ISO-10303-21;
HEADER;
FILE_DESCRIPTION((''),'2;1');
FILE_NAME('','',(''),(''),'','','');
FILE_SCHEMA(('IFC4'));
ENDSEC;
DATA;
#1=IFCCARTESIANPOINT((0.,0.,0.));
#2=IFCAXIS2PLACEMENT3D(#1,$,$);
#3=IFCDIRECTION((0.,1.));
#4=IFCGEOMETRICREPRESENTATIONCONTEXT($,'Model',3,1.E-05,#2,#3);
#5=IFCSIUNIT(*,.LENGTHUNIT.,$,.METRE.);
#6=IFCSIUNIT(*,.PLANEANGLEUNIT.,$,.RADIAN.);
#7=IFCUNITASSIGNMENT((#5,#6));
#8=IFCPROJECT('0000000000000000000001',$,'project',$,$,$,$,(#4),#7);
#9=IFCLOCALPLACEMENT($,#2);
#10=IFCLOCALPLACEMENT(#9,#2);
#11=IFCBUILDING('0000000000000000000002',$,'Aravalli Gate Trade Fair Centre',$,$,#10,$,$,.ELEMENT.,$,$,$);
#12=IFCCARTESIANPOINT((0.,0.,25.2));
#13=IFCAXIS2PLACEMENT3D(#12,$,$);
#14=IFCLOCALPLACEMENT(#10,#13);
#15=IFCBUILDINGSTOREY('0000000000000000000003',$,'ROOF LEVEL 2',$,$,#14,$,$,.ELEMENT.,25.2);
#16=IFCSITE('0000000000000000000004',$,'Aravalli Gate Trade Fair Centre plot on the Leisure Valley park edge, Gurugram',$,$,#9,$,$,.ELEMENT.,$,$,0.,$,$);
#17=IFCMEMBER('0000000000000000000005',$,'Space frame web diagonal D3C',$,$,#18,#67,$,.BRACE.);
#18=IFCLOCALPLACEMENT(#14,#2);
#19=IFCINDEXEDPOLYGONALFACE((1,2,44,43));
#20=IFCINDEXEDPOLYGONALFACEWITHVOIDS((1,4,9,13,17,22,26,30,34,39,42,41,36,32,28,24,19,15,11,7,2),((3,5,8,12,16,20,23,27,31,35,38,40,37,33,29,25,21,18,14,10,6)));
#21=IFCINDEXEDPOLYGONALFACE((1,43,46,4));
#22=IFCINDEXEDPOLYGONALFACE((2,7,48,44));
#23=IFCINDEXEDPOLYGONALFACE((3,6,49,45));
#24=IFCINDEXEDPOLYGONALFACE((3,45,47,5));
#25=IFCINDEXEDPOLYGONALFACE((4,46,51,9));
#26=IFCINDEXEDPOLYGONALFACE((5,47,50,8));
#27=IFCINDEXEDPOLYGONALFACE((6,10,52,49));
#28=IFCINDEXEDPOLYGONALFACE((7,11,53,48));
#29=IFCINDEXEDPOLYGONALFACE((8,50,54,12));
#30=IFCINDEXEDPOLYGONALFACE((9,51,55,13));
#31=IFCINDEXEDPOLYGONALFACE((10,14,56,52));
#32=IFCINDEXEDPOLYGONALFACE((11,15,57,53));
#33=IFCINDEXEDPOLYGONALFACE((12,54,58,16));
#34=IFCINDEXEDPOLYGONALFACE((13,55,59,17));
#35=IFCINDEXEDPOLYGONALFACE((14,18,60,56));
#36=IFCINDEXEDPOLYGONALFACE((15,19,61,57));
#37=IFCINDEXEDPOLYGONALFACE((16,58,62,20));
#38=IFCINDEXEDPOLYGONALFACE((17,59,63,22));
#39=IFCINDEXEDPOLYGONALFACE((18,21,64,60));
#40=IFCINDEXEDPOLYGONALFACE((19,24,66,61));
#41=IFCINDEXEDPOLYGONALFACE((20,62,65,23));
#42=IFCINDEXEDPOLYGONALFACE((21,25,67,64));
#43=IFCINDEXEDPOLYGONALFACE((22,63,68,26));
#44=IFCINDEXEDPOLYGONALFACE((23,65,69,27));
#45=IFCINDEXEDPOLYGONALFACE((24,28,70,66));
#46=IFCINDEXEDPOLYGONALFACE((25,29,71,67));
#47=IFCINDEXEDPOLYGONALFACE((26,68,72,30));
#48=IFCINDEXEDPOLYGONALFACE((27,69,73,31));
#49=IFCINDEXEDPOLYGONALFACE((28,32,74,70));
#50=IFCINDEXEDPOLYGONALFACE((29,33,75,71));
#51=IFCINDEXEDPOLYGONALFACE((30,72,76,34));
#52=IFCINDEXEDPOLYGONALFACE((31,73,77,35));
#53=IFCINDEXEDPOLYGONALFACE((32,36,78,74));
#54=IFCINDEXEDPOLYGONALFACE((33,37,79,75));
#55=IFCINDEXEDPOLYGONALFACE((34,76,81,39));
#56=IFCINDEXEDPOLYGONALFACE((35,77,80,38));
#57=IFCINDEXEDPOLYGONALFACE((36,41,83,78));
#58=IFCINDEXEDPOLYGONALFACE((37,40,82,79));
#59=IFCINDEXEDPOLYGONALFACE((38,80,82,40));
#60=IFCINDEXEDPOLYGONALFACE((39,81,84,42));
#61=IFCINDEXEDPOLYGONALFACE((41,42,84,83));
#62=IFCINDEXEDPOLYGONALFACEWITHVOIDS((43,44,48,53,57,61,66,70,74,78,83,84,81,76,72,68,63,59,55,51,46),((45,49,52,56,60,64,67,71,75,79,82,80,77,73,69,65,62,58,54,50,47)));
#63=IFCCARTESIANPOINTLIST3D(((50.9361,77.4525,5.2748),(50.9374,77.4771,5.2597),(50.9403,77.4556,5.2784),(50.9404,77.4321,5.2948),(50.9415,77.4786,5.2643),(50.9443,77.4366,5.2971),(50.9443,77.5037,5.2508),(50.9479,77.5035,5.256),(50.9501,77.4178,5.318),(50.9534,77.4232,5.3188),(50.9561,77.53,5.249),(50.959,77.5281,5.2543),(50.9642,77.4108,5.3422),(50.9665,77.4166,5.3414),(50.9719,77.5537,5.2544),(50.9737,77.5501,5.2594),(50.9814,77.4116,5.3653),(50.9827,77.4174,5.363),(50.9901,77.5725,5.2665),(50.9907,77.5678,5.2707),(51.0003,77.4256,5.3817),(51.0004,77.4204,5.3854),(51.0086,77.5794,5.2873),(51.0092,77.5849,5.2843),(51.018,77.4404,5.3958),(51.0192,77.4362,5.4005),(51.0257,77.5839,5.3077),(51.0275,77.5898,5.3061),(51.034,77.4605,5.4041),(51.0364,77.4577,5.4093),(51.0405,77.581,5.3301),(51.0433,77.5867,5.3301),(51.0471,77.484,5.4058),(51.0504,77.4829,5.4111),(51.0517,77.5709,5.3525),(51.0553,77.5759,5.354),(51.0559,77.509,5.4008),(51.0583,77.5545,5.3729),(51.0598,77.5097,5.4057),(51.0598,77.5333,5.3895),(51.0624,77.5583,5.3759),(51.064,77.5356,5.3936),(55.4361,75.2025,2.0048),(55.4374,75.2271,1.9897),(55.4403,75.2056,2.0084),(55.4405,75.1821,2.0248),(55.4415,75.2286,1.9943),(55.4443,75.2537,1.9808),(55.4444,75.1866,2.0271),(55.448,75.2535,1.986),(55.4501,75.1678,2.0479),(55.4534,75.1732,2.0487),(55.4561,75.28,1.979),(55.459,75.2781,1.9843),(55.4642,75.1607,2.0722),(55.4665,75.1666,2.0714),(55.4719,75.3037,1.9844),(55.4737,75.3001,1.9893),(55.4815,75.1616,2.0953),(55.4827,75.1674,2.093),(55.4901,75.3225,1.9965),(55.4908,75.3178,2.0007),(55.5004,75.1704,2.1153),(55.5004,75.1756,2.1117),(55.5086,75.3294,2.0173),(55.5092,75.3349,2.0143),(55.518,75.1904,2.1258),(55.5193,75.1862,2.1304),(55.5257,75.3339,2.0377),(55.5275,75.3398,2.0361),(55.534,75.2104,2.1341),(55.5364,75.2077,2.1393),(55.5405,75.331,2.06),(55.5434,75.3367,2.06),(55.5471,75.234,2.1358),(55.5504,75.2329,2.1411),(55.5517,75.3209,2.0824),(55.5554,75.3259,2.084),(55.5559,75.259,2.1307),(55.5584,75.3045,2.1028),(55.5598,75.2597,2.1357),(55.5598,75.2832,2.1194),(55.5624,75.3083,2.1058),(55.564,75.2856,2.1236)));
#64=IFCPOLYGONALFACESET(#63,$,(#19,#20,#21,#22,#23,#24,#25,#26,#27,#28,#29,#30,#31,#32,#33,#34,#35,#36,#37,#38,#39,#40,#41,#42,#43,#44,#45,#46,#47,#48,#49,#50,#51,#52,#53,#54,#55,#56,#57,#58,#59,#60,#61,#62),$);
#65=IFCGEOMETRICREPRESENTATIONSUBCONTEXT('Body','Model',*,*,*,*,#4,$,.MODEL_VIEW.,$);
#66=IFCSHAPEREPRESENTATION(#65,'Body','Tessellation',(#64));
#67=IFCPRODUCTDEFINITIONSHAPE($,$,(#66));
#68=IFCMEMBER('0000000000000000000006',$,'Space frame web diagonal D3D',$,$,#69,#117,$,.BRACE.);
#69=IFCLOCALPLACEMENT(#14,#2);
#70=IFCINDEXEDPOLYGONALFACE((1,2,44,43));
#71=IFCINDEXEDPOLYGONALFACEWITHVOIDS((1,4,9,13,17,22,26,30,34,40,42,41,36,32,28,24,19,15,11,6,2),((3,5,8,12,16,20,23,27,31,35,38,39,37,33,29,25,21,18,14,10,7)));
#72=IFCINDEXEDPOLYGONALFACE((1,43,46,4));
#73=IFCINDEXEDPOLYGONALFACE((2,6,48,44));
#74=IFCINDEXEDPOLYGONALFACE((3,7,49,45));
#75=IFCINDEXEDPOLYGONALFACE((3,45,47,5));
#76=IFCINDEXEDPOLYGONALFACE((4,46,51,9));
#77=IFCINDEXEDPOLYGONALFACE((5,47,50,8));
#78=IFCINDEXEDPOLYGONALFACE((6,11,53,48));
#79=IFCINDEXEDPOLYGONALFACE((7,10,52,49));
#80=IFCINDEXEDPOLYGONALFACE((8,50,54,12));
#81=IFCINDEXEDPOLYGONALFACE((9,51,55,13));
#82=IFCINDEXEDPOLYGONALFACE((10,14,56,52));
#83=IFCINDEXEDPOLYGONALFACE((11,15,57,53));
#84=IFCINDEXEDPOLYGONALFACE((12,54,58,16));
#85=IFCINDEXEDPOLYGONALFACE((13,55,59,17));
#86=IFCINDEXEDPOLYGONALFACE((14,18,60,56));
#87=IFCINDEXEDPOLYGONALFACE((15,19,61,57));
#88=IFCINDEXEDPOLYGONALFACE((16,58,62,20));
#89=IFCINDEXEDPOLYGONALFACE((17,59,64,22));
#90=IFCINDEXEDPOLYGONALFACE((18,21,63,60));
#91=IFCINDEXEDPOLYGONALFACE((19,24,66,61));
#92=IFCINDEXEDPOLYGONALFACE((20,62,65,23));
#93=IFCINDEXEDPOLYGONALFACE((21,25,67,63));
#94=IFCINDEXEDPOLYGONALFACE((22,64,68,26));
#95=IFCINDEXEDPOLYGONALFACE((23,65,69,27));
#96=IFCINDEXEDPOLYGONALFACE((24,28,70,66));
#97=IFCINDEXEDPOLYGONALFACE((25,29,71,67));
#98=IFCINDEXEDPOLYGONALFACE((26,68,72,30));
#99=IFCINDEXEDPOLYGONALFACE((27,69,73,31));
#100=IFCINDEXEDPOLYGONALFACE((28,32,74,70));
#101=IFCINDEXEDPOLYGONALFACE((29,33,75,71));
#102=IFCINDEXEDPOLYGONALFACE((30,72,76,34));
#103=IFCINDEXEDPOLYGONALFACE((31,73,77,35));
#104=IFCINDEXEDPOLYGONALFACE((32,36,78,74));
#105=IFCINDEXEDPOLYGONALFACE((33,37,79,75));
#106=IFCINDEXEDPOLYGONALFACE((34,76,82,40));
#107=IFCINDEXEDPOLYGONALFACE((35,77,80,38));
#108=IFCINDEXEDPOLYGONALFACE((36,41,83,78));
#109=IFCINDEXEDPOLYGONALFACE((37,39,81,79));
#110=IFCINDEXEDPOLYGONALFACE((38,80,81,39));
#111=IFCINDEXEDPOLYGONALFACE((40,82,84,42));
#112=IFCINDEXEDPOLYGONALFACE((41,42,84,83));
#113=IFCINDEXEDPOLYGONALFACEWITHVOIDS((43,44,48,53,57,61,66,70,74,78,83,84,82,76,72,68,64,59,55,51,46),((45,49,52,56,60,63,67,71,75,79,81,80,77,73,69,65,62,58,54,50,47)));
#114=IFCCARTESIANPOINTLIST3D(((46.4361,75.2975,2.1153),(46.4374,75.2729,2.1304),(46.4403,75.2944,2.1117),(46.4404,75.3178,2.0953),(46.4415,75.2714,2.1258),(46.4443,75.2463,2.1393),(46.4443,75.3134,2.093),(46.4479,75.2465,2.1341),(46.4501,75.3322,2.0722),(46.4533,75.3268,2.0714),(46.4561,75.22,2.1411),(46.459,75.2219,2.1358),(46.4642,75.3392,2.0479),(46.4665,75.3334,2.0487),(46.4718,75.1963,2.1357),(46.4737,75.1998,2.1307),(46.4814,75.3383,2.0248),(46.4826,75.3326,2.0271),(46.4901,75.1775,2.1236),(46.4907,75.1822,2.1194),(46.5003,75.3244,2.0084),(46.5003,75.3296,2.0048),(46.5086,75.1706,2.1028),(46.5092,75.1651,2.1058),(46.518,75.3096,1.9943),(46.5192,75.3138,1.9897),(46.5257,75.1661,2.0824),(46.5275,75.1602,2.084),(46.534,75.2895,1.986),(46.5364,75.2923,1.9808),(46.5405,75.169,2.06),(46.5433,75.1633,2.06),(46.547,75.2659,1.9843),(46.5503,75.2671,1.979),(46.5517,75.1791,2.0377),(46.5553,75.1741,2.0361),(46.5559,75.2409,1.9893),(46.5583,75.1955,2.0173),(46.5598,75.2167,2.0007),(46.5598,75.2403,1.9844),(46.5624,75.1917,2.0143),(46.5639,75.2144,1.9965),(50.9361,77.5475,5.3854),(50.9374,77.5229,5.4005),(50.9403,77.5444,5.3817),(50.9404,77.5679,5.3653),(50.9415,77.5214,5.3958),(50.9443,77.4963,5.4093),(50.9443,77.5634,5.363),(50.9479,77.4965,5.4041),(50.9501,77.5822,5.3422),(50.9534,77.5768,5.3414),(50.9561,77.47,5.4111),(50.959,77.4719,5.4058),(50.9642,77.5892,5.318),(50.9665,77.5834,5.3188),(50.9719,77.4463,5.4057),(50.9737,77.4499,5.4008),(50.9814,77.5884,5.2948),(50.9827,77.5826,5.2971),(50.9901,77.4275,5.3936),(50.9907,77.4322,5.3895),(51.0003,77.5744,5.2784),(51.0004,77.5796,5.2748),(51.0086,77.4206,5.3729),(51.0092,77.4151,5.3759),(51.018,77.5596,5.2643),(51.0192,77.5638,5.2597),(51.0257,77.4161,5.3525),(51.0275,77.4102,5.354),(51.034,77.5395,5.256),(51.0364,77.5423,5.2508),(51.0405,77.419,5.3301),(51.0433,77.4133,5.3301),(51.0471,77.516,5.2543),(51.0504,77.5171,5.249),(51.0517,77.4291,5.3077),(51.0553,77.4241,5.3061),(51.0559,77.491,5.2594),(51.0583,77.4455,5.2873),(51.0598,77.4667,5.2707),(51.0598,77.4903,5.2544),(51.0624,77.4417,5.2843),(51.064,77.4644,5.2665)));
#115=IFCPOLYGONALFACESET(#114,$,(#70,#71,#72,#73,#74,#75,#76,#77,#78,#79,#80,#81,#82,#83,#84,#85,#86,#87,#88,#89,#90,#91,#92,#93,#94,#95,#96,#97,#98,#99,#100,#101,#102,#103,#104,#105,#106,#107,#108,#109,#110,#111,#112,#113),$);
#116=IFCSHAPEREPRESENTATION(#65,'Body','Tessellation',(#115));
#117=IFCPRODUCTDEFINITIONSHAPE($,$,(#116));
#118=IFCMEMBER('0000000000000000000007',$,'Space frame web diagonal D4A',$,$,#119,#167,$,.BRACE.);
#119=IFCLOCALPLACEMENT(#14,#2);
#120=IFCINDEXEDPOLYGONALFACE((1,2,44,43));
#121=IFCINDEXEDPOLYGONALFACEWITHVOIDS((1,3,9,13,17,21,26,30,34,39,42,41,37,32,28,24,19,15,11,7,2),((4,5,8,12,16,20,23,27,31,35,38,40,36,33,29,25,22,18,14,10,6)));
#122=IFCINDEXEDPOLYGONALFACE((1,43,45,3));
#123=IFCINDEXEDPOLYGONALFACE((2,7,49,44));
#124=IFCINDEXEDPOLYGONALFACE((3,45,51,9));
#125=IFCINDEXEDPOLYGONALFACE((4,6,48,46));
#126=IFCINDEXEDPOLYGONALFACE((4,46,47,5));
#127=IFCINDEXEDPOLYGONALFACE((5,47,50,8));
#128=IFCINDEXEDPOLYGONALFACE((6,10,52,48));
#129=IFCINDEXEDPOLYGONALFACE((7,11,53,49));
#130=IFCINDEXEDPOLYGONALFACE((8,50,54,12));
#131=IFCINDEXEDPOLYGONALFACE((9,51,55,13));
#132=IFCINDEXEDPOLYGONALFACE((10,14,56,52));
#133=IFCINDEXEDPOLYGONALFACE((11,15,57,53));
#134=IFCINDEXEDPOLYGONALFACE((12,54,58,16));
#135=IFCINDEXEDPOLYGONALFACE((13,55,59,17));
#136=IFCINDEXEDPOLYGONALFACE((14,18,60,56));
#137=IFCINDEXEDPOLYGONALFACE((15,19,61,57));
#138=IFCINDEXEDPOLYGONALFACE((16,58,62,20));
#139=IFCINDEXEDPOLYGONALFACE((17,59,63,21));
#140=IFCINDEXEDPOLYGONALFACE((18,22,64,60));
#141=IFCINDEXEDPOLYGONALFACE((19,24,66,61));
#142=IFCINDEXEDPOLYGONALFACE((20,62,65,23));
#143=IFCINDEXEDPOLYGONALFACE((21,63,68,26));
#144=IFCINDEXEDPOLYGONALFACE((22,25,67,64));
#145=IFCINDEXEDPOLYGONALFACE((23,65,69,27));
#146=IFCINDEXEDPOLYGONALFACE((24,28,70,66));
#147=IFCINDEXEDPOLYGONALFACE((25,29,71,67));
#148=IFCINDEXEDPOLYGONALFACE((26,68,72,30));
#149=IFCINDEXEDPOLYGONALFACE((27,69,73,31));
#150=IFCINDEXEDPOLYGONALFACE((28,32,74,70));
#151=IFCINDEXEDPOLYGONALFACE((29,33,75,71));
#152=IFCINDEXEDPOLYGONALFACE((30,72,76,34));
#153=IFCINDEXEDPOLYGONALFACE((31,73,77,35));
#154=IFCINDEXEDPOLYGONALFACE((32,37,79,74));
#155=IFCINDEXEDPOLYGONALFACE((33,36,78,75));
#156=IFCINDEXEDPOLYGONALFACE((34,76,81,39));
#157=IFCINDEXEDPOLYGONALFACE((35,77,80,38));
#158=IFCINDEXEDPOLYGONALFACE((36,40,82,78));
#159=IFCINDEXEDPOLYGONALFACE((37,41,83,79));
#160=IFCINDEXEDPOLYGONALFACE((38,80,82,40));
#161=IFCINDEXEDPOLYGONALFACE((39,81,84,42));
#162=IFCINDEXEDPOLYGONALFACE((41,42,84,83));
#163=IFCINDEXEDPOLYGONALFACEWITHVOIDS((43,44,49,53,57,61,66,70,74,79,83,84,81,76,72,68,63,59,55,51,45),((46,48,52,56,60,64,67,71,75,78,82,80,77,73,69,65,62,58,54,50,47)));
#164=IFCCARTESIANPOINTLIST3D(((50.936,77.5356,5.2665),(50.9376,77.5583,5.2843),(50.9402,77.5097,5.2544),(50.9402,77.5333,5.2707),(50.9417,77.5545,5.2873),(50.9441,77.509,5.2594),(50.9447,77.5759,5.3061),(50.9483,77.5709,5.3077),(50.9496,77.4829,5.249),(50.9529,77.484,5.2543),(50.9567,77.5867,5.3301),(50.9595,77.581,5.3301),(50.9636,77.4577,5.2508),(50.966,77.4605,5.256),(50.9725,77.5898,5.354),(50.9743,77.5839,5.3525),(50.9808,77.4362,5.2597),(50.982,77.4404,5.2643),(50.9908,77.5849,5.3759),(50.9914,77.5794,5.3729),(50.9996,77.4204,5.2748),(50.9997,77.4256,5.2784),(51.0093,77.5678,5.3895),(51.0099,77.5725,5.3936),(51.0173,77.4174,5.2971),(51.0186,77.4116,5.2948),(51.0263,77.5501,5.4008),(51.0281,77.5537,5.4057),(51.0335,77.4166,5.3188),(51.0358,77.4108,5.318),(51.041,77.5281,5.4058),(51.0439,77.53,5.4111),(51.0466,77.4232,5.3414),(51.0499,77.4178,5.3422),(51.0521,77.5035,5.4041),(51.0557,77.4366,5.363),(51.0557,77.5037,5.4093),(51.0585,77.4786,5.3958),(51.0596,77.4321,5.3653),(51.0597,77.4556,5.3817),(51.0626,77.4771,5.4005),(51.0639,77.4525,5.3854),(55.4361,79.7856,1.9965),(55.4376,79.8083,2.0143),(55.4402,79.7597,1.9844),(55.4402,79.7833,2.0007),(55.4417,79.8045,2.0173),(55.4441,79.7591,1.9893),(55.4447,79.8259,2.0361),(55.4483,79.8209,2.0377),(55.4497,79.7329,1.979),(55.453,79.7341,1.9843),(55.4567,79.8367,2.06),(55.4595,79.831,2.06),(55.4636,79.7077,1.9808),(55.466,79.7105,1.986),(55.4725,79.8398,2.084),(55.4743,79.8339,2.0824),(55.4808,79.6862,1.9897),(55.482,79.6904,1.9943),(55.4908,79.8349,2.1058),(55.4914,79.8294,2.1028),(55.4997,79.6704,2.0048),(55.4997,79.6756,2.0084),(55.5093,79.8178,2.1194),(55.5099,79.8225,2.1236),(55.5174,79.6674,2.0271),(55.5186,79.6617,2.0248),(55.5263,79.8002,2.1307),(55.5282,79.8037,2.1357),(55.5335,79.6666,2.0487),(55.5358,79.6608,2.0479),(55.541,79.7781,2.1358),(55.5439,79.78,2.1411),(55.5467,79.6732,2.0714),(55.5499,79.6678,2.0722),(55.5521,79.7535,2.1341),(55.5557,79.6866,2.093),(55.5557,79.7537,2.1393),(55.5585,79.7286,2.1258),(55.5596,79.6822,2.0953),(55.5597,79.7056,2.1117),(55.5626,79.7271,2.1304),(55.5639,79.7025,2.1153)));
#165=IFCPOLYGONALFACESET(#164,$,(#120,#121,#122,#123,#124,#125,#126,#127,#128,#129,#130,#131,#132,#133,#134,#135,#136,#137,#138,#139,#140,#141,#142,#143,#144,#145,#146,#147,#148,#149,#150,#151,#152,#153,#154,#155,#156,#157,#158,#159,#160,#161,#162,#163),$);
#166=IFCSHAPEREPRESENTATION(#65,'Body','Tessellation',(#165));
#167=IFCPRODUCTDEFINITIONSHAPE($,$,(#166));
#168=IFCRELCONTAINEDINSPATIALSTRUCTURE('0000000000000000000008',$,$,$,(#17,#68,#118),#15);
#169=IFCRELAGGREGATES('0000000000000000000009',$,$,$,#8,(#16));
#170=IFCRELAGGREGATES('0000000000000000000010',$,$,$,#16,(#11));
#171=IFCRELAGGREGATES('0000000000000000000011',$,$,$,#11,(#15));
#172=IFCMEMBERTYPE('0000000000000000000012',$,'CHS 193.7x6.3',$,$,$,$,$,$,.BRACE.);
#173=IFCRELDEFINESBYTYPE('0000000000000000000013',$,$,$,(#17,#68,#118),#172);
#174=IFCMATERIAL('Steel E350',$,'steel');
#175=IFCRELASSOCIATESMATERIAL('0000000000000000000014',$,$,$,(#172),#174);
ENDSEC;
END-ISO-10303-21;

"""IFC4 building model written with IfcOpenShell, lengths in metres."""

from ifc_helpers import new_model, si_unit, direction, frame, origin, origin_2d, place, context, subcontext, project, spatial, hollow_circle, extrude, material, material_profile, profile_set, type_object, element, save


model = new_model("IFC4")

# Units and contexts
model_context = context("Model", 3, precision=1e-05, world=origin(), true_north=direction((0.0, 1.0)))
body_context = subcontext(model_context, "Body", "Model", "MODEL_VIEW")
ifc_project = project(units=[si_unit("LENGTHUNIT", "METRE"), si_unit("PLANEANGLEUNIT", "RADIAN")], contexts=[model_context])

# Site, building, storey
site_placement = place(None, origin())
site = spatial("IfcSite", under=ifc_project, at=site_placement, Name="Aravalli Gate Trade Fair Centre plot on the Leisure Valley park edge, Gurugram", CompositionType="ELEMENT", RefElevation=0.0)
building_placement = place(site_placement, origin())
building = spatial("IfcBuilding", under=site, at=building_placement, Name="Aravalli Gate Trade Fair Centre", CompositionType="ELEMENT")
storey_placement = place(building_placement, frame((0.0, 0.0, 25.2)))
storey = spatial("IfcBuildingStorey", under=building, at=storey_placement, Name="ROOF LEVEL 2", CompositionType="ELEMENT", Elevation=25.2)

# Members
ifc_material_1 = material(Name="Steel E350", Category="steel")
ifc_material_profile_1 = material_profile(ifc_material_1, hollow_circle(Radius=0.0969, WallThickness=0.0063, at=origin_2d()), Name="CHS 193.7x6.3")
ifc_profile_set_1 = profile_set([ifc_material_profile_1], Name="Steel E350")
member_type_1 = type_object("IfcMemberType", Name="CHS 193.7x6.3", PredefinedType="BRACE", material=ifc_profile_set_1)
for number, where, z_axis, x_axis, name in (
    (1, (51.0, 77.5, 5.3301), (0.749942, -0.374971, -0.544961), (0.447214, 0.894427, 0.0), "Space frame web diagonal D3C"),
    (2, (51.0, 77.5, 5.3301), (-0.749942, -0.374971, -0.544961), (0.447214, -0.894427, 0.0), "Space frame web diagonal D3D"),
    (3, (51.0, 77.5, 5.3301), (0.749942, 0.374971, -0.544961), (-0.447214, 0.894427, 0.0), "Space frame web diagonal D4A"),
):
    element("IfcMember", number, at=place(storey_placement, frame(where, z_axis=z_axis, x_axis=x_axis)), inside=storey, type_object=member_type_1, Name=name, PredefinedType="BRACE", context=body_context, shape_type="SweptSolid", body=[
        extrude(hollow_circle(Radius=0.0969, WallThickness=0.0063, at=origin_2d()), origin(), (0.0, 0.0, 1.0), 6.0005),
    ])

save(model, "model.ifc")
